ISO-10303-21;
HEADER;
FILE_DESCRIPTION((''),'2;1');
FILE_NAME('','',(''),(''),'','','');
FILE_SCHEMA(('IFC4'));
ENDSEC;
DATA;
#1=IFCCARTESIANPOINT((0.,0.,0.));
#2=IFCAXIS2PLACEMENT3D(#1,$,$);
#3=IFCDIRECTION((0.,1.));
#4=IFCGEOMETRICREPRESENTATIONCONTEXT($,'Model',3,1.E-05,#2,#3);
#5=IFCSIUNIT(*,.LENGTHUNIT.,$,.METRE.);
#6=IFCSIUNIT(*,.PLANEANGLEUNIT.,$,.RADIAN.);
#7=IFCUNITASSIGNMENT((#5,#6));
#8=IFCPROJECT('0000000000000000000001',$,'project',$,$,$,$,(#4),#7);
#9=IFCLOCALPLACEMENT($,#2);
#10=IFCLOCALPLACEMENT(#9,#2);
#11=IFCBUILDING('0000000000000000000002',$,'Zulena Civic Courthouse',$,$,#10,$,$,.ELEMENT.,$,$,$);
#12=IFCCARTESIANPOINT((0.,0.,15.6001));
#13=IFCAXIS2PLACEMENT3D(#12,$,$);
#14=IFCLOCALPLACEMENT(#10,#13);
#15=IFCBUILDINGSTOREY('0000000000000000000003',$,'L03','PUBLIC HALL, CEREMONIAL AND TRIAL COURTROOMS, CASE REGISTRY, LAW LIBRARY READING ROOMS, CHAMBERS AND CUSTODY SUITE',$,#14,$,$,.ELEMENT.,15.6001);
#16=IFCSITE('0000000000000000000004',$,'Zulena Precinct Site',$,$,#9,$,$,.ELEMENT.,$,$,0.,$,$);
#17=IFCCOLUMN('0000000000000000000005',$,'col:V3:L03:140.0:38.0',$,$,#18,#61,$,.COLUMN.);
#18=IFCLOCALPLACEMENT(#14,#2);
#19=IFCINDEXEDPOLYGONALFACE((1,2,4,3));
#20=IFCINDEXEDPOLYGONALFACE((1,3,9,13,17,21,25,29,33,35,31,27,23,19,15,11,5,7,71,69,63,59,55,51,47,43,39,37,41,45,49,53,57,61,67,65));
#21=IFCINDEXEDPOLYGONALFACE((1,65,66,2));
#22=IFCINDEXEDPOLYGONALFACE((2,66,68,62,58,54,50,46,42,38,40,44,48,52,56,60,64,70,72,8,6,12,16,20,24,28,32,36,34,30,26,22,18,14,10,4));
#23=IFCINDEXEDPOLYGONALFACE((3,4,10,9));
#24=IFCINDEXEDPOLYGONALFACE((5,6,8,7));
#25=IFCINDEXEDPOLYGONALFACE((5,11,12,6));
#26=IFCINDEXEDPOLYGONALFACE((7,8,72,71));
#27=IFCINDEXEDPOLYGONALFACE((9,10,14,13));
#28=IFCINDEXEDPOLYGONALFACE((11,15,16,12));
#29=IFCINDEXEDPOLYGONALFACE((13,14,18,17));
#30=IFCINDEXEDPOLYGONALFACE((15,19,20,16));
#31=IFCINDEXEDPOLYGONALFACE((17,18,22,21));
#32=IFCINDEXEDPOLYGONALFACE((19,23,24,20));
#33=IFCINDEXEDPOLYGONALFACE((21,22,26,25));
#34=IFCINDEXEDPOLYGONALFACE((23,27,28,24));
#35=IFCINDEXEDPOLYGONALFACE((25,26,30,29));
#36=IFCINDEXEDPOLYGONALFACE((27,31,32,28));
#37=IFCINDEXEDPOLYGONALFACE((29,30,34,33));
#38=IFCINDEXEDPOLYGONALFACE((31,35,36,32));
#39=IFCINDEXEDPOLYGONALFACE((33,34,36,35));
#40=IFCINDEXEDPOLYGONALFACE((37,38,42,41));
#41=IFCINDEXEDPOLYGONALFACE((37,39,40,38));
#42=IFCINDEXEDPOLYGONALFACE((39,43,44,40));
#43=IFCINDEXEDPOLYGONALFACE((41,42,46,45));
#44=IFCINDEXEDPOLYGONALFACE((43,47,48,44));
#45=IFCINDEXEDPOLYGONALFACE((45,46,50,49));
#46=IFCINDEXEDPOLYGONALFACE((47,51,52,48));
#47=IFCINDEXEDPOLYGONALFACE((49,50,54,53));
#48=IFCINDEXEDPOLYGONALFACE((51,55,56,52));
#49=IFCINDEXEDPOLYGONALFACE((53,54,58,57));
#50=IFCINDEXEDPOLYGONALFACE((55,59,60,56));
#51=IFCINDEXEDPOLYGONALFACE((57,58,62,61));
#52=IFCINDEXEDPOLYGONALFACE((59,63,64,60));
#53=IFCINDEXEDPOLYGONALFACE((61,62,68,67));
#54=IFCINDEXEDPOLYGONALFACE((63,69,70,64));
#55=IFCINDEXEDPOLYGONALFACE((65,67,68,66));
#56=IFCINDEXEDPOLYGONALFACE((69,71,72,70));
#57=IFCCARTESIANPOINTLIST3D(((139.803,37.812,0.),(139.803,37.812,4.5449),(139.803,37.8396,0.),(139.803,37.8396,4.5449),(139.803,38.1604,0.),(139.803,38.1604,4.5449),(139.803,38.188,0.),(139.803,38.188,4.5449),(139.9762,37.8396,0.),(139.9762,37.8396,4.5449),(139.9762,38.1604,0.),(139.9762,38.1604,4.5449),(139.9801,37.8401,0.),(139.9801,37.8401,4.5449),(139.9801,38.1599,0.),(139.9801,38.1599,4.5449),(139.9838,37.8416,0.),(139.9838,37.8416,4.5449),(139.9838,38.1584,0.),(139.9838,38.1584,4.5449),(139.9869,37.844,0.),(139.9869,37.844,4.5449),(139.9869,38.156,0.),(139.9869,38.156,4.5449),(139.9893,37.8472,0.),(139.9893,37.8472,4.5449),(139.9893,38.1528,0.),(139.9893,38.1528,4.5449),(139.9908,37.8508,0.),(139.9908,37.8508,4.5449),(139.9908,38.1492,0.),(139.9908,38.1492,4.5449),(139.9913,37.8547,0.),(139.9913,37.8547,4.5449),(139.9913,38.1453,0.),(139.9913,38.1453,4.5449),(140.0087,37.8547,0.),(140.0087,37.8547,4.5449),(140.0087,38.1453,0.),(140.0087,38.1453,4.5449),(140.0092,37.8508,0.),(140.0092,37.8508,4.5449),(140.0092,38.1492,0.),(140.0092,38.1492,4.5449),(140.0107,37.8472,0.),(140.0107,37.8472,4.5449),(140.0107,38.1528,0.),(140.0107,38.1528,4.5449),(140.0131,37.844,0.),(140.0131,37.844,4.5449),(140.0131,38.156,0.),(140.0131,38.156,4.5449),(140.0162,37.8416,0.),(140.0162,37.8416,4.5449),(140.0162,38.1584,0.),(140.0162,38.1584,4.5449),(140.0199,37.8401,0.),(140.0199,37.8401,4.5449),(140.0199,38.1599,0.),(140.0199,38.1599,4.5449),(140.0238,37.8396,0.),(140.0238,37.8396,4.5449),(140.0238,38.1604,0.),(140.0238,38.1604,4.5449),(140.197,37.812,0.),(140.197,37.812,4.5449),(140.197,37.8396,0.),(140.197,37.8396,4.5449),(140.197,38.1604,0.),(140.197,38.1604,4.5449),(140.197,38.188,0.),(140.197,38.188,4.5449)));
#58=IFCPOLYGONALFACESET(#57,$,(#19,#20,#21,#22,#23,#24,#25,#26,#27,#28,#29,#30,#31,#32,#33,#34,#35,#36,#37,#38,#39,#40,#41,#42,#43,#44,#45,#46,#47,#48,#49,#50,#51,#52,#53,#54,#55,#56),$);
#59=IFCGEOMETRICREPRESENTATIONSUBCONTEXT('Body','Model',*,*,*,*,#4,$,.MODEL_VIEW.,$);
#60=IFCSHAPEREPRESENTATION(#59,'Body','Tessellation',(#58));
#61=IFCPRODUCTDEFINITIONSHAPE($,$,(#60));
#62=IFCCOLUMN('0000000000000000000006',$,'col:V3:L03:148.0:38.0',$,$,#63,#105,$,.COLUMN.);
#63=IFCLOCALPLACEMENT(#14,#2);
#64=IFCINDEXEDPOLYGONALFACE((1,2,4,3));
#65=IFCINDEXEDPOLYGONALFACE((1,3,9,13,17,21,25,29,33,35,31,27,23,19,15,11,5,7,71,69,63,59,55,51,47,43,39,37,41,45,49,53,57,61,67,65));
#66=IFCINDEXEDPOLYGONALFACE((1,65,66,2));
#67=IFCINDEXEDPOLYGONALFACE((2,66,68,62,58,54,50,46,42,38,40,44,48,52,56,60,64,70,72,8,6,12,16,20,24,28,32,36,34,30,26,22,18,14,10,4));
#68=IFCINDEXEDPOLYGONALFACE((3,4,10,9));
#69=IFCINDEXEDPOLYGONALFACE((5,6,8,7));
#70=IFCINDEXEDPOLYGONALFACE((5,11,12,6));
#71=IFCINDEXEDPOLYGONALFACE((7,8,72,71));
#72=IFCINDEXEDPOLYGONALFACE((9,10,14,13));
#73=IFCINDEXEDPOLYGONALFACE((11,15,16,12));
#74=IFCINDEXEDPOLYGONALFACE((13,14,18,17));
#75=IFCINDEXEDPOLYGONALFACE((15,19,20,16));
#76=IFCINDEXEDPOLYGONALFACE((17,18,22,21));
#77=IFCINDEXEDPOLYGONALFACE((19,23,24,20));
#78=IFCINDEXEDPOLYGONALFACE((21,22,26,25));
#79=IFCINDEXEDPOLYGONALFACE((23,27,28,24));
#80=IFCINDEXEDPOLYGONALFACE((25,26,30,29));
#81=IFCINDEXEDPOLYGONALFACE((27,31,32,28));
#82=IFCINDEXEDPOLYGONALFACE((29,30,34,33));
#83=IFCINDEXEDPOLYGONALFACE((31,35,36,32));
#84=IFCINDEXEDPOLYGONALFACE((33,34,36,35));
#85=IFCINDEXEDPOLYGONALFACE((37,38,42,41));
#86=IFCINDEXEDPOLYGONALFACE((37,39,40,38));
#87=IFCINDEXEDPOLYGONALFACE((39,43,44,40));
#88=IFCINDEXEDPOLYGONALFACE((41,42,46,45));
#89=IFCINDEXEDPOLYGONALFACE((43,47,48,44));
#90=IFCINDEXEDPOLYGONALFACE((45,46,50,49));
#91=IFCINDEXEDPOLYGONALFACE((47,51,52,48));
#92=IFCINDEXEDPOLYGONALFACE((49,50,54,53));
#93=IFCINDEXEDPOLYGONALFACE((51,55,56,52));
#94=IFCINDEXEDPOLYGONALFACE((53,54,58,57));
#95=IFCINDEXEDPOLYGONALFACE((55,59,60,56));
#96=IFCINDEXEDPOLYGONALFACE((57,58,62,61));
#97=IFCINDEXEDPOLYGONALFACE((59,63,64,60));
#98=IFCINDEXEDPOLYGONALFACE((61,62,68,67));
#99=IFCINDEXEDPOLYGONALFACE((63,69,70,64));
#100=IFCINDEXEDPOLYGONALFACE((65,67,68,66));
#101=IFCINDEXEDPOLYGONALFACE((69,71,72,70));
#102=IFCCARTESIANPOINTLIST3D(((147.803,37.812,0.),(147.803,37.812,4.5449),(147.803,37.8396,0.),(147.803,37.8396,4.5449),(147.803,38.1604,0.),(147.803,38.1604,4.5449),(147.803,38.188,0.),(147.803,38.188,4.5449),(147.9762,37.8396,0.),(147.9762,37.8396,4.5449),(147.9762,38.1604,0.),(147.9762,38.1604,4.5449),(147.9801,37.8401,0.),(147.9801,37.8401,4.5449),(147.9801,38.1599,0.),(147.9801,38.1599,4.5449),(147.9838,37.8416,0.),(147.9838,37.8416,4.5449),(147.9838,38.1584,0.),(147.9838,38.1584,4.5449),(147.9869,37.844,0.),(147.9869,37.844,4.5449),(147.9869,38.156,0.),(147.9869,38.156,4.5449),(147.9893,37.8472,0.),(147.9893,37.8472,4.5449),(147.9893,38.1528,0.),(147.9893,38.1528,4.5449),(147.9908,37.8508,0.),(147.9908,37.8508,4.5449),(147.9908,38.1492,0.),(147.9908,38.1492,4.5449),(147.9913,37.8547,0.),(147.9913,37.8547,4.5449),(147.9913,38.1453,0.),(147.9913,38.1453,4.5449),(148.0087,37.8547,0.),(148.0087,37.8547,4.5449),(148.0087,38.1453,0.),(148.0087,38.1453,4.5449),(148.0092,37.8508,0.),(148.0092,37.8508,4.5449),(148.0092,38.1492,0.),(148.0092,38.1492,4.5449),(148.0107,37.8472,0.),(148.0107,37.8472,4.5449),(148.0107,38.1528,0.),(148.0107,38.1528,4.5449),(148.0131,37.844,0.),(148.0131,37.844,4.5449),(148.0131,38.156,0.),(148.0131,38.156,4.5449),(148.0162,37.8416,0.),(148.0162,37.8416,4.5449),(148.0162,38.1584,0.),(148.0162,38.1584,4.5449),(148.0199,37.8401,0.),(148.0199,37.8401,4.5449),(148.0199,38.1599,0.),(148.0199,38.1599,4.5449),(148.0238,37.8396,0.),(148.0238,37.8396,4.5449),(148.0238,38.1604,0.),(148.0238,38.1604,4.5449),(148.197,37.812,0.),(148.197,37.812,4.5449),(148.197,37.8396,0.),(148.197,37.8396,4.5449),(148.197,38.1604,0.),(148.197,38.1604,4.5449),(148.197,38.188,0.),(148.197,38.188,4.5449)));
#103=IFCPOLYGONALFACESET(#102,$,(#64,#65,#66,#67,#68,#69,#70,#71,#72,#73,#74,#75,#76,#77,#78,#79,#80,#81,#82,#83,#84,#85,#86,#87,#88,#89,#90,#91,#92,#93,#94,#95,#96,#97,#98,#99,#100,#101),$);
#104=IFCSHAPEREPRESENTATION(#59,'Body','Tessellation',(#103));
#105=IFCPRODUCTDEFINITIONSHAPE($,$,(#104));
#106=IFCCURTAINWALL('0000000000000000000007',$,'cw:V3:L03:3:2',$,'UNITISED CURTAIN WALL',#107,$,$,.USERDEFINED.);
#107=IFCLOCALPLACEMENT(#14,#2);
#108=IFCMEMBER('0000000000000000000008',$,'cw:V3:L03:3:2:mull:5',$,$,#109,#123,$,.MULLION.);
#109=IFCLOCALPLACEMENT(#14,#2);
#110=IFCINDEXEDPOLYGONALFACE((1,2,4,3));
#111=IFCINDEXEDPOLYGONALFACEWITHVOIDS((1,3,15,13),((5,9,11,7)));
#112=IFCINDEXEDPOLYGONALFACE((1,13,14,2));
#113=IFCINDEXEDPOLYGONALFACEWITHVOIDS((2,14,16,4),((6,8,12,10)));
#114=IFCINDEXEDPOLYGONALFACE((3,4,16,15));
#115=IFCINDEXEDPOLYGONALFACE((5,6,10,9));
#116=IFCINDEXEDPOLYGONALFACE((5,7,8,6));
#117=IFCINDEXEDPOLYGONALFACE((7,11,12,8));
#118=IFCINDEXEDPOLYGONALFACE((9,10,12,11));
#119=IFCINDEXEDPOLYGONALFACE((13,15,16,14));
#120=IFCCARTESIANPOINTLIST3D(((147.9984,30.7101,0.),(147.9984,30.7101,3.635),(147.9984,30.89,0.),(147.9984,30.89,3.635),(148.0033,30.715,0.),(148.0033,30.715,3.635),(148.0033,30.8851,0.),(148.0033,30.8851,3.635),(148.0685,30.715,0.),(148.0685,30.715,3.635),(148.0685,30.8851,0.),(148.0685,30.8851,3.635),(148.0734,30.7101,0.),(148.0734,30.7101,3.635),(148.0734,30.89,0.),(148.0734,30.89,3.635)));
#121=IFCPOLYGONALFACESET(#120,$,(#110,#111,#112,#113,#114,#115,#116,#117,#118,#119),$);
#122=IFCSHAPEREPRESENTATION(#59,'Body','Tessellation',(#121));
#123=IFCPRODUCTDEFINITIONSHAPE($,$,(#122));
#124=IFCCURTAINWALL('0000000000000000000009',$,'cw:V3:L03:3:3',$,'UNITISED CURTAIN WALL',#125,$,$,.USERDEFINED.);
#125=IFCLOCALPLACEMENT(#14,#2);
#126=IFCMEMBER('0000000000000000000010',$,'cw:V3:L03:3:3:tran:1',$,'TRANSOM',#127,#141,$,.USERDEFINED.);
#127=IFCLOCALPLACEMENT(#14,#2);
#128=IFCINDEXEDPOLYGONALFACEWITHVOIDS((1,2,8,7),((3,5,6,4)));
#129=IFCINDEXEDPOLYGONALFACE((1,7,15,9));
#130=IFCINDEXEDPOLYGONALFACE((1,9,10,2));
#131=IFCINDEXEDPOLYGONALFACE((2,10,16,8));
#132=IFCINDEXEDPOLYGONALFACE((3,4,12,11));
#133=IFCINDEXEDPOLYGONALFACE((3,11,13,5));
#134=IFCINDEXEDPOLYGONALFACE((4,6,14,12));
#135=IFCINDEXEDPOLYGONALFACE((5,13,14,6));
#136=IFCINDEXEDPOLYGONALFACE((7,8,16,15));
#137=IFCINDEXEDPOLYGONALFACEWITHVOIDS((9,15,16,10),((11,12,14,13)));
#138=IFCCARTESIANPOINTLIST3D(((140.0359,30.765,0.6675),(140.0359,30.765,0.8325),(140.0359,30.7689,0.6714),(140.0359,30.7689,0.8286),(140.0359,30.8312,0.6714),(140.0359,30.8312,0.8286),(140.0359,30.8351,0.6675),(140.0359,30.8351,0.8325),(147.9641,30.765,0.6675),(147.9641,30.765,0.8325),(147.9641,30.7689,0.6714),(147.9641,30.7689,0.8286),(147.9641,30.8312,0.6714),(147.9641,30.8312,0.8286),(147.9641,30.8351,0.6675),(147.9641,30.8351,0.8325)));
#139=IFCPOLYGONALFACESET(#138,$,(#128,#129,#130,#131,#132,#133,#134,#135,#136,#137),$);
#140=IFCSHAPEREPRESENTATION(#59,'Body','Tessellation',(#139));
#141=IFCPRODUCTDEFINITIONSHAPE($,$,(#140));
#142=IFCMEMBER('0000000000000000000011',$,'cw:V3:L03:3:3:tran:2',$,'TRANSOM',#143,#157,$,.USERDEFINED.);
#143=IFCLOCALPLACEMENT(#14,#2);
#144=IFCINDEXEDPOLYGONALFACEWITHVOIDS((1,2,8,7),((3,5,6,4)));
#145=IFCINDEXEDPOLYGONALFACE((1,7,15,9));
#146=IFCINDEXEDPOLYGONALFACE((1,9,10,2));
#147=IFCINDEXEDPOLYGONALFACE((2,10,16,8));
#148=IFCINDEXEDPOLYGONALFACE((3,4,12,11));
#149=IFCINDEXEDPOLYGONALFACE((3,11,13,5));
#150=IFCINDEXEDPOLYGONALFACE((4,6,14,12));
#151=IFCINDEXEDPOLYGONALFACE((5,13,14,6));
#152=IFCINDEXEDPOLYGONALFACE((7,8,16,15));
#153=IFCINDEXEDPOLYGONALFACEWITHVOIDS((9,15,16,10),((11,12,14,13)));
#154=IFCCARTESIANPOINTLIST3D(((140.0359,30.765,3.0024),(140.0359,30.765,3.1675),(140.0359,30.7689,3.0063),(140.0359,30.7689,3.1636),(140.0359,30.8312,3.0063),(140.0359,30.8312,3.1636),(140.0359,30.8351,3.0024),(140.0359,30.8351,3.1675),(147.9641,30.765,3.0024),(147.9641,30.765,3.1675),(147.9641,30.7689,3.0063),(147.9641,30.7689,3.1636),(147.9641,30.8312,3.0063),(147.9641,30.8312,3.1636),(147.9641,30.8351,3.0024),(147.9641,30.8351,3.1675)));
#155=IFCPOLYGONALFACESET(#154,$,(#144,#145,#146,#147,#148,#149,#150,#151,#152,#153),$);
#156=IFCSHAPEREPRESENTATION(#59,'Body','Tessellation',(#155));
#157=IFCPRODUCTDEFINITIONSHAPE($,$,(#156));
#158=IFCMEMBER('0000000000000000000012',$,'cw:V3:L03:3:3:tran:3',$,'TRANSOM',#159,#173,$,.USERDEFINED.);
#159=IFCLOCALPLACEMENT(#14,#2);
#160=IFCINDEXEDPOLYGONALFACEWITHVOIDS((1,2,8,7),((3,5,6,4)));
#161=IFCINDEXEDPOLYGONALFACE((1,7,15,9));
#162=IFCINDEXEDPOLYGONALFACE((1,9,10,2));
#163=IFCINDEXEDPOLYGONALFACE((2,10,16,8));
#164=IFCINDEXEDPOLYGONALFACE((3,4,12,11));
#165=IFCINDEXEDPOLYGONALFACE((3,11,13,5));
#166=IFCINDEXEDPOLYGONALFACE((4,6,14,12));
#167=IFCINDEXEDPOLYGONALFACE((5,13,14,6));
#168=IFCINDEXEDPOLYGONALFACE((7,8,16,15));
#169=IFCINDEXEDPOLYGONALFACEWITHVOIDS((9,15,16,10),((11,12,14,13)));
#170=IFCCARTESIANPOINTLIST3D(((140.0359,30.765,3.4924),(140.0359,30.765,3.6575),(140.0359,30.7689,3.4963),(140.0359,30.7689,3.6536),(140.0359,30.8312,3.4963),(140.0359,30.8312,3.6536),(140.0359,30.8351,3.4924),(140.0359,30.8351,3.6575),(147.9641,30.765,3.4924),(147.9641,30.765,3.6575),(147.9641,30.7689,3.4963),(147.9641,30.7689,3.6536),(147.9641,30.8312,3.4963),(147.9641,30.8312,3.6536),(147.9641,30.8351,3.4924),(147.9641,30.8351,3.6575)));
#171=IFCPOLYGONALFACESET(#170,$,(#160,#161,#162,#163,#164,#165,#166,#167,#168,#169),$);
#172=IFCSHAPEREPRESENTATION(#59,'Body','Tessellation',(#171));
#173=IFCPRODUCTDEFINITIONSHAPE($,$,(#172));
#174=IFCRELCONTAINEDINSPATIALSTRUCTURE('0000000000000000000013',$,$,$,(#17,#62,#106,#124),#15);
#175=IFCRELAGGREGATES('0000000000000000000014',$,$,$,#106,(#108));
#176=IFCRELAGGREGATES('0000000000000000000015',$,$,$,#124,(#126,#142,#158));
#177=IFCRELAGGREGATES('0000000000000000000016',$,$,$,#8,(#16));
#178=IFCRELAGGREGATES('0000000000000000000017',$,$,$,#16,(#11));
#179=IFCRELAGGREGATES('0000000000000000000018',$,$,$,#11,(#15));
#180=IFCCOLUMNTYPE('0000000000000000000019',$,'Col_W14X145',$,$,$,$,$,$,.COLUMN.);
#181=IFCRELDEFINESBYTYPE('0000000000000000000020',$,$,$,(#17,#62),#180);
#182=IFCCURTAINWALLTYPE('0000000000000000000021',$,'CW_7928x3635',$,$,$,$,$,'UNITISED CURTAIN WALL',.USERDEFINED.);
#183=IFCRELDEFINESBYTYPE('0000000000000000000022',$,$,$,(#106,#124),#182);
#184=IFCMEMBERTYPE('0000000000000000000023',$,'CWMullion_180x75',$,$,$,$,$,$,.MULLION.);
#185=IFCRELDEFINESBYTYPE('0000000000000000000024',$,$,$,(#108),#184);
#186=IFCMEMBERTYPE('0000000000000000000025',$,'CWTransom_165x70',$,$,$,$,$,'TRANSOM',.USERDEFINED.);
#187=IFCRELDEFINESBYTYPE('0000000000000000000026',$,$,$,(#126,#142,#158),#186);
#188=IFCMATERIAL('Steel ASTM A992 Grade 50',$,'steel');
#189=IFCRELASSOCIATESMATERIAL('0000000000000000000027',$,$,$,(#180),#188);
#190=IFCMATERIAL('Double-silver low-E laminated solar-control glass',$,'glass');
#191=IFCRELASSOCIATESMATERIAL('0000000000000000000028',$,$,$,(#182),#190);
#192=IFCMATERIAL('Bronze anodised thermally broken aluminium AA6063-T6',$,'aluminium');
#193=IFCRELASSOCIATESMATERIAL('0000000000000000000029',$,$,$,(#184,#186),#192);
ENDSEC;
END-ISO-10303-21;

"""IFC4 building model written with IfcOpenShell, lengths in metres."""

from ifc_helpers import new_model, si_unit, direction, frame, origin, origin_2d, place, context, subcontext, project, spatial, hollow_rectangle, i_section, extrude, material, material_profile, profile_set, type_object, element, aggregate, save


model = new_model("IFC4")

# Units and contexts
model_context = context("Model", 3, precision=1e-05, world=origin(), true_north=direction((0.0, 1.0)))
body_context = subcontext(model_context, "Body", "Model", "MODEL_VIEW")
ifc_project = project(units=[si_unit("LENGTHUNIT", "METRE"), si_unit("PLANEANGLEUNIT", "RADIAN")], contexts=[model_context])

# Site, building, storey
site_placement = place(None, origin())
site = spatial("IfcSite", under=ifc_project, at=site_placement, Name="Zulena Precinct Site", CompositionType="ELEMENT", RefElevation=0.0)
building_placement = place(site_placement, origin())
building = spatial("IfcBuilding", under=site, at=building_placement, Name="Zulena Civic Courthouse", CompositionType="ELEMENT")
storey_placement = place(building_placement, frame((0.0, 0.0, 15.6001)))
storey = spatial("IfcBuildingStorey", under=building, at=storey_placement, Name="L03", Description="PUBLIC HALL, CEREMONIAL AND TRIAL COURTROOMS, CASE REGISTRY, LAW LIBRARY READING ROOMS, CHAMBERS AND CUSTODY SUITE", CompositionType="ELEMENT", Elevation=15.6001)

# Columns
ifc_material_1 = material(Name="Steel ASTM A992 Grade 50", Category="steel")
ifc_material_profile_1 = material_profile(ifc_material_1, i_section(OverallWidth=0.394, OverallDepth=0.376, WebThickness=0.0173, FlangeThickness=0.0276, FilletRadius=0.0151, at=origin_2d()), Name="W14X145")
ifc_profile_set_1 = profile_set([ifc_material_profile_1], Name="Steel ASTM A992 Grade 50")
column_type_1 = type_object("IfcColumnType", Name="Col_W14X145", PredefinedType="COLUMN", material=ifc_profile_set_1)
for number, where, z_axis, x_axis, name in (
    (1, (140.0, 38.0, 0.0), (0.0, 0.0, 1.0), (1.0, 0.0, 0.0), "col:V3:L03:140.0:38.0"),
    (2, (148.0, 38.0, 0.0), (0.0, 0.0, 1.0), (1.0, 0.0, 0.0), "col:V3:L03:148.0:38.0"),
):
    element("IfcColumn", number, at=place(storey_placement, frame(where, z_axis=z_axis, x_axis=x_axis)), inside=storey, type_object=column_type_1, Name=name, PredefinedType="COLUMN", context=body_context, shape_type="SweptSolid", body=[
        extrude(i_section(OverallWidth=0.394, OverallDepth=0.376, WebThickness=0.0173, FlangeThickness=0.0276, FilletRadius=0.0151, at=origin_2d()), origin(), (0.0, 0.0, 1.0), 4.5449),
    ])

# Curtain wall, member
ifc_material_2 = material(Name="Double-silver low-E laminated solar-control glass", Category="glass")
curtain_wall_type = type_object("IfcCurtainWallType", Name="CW_7928x3635", ElementType="UNITISED CURTAIN WALL", PredefinedType="USERDEFINED", material=ifc_material_2)
curtain_wall_1_placement = place(storey_placement, origin())
curtain_wall_1 = element("IfcCurtainWall", 3, at=curtain_wall_1_placement, inside=storey, type_object=curtain_wall_type, Name="cw:V3:L03:3:2", ObjectType="UNITISED CURTAIN WALL", PredefinedType="USERDEFINED")
ifc_material_3 = material(Name="Bronze anodised thermally broken aluminium AA6063-T6", Category="aluminium")
ifc_material_profile_2 = material_profile(ifc_material_3, hollow_rectangle(XDim=0.075, YDim=0.1799, WallThickness=0.0049, at=origin_2d()), Name="CWM180X75X5")
ifc_profile_set_2 = profile_set([ifc_material_profile_2], Name="Bronze anodised thermally broken aluminium AA6063-T6")
member_type_1 = type_object("IfcMemberType", Name="CWMullion_180x75", PredefinedType="MULLION", material=ifc_profile_set_2)
member_1_placement = place(storey_placement, frame((148.0359, 30.8, 0.0), z_axis=(0.0, 0.0, 1.0), x_axis=(1.0, 0.0, 0.0)))
member_1 = element("IfcMember", 4, at=member_1_placement, type_object=member_type_1, Name="cw:V3:L03:3:2:mull:5", PredefinedType="MULLION", context=body_context, shape_type="SweptSolid", body=[
    extrude(hollow_rectangle(XDim=0.075, YDim=0.1799, WallThickness=0.0049, at=origin_2d()), origin(), (0.0, 0.0, 1.0), 3.635),
])
aggregate(curtain_wall_1, [member_1])

# Curtain wall, members
curtain_wall_2_placement = place(storey_placement, origin())
curtain_wall_2 = element("IfcCurtainWall", 5, at=curtain_wall_2_placement, inside=storey, type_object=curtain_wall_type, Name="cw:V3:L03:3:3", ObjectType="UNITISED CURTAIN WALL", PredefinedType="USERDEFINED")
ifc_material_profile_3 = material_profile(ifc_material_3, hollow_rectangle(XDim=0.0701, YDim=0.165, WallThickness=0.0039, at=origin_2d()), Name="CWT165X70X4")
ifc_profile_set_3 = profile_set([ifc_material_profile_3], Name="Bronze anodised thermally broken aluminium AA6063-T6")
member_type_2 = type_object("IfcMemberType", Name="CWTransom_165x70", ElementType="TRANSOM", PredefinedType="USERDEFINED", material=ifc_profile_set_3)
member_2_placement = place(storey_placement, frame((147.9641, 30.8, 0.75), z_axis=(-1.0, 0.0, 0.0), x_axis=(0.0, -1.0, 0.0)))
member_2 = element("IfcMember", 6, at=member_2_placement, type_object=member_type_2, Name="cw:V3:L03:3:3:tran:1", ObjectType="TRANSOM", PredefinedType="USERDEFINED", context=body_context, shape_type="SweptSolid", body=[
    extrude(hollow_rectangle(XDim=0.0701, YDim=0.165, WallThickness=0.0039, at=origin_2d()), origin(), (0.0, 0.0, 1.0), 7.9282),
])
member_3_placement = place(storey_placement, frame((147.9641, 30.8, 3.085), z_axis=(-1.0, 0.0, 0.0), x_axis=(0.0, -1.0, 0.0)))
member_3 = element("IfcMember", 7, at=member_3_placement, type_object=member_type_2, Name="cw:V3:L03:3:3:tran:2", ObjectType="TRANSOM", PredefinedType="USERDEFINED", context=body_context, shape_type="SweptSolid", body=[
    extrude(hollow_rectangle(XDim=0.0701, YDim=0.165, WallThickness=0.0039, at=origin_2d()), origin(), (0.0, 0.0, 1.0), 7.9282),
])
member_4_placement = place(storey_placement, frame((147.9641, 30.8, 3.575), z_axis=(-1.0, 0.0, 0.0), x_axis=(0.0, -1.0, 0.0)))
member_4 = element("IfcMember", 8, at=member_4_placement, type_object=member_type_2, Name="cw:V3:L03:3:3:tran:3", ObjectType="TRANSOM", PredefinedType="USERDEFINED", context=body_context, shape_type="SweptSolid", body=[
    extrude(hollow_rectangle(XDim=0.0701, YDim=0.165, WallThickness=0.0039, at=origin_2d()), origin(), (0.0, 0.0, 1.0), 7.9282),
])
aggregate(curtain_wall_2, [member_2, member_3, member_4])

save(model, "model.ifc")
